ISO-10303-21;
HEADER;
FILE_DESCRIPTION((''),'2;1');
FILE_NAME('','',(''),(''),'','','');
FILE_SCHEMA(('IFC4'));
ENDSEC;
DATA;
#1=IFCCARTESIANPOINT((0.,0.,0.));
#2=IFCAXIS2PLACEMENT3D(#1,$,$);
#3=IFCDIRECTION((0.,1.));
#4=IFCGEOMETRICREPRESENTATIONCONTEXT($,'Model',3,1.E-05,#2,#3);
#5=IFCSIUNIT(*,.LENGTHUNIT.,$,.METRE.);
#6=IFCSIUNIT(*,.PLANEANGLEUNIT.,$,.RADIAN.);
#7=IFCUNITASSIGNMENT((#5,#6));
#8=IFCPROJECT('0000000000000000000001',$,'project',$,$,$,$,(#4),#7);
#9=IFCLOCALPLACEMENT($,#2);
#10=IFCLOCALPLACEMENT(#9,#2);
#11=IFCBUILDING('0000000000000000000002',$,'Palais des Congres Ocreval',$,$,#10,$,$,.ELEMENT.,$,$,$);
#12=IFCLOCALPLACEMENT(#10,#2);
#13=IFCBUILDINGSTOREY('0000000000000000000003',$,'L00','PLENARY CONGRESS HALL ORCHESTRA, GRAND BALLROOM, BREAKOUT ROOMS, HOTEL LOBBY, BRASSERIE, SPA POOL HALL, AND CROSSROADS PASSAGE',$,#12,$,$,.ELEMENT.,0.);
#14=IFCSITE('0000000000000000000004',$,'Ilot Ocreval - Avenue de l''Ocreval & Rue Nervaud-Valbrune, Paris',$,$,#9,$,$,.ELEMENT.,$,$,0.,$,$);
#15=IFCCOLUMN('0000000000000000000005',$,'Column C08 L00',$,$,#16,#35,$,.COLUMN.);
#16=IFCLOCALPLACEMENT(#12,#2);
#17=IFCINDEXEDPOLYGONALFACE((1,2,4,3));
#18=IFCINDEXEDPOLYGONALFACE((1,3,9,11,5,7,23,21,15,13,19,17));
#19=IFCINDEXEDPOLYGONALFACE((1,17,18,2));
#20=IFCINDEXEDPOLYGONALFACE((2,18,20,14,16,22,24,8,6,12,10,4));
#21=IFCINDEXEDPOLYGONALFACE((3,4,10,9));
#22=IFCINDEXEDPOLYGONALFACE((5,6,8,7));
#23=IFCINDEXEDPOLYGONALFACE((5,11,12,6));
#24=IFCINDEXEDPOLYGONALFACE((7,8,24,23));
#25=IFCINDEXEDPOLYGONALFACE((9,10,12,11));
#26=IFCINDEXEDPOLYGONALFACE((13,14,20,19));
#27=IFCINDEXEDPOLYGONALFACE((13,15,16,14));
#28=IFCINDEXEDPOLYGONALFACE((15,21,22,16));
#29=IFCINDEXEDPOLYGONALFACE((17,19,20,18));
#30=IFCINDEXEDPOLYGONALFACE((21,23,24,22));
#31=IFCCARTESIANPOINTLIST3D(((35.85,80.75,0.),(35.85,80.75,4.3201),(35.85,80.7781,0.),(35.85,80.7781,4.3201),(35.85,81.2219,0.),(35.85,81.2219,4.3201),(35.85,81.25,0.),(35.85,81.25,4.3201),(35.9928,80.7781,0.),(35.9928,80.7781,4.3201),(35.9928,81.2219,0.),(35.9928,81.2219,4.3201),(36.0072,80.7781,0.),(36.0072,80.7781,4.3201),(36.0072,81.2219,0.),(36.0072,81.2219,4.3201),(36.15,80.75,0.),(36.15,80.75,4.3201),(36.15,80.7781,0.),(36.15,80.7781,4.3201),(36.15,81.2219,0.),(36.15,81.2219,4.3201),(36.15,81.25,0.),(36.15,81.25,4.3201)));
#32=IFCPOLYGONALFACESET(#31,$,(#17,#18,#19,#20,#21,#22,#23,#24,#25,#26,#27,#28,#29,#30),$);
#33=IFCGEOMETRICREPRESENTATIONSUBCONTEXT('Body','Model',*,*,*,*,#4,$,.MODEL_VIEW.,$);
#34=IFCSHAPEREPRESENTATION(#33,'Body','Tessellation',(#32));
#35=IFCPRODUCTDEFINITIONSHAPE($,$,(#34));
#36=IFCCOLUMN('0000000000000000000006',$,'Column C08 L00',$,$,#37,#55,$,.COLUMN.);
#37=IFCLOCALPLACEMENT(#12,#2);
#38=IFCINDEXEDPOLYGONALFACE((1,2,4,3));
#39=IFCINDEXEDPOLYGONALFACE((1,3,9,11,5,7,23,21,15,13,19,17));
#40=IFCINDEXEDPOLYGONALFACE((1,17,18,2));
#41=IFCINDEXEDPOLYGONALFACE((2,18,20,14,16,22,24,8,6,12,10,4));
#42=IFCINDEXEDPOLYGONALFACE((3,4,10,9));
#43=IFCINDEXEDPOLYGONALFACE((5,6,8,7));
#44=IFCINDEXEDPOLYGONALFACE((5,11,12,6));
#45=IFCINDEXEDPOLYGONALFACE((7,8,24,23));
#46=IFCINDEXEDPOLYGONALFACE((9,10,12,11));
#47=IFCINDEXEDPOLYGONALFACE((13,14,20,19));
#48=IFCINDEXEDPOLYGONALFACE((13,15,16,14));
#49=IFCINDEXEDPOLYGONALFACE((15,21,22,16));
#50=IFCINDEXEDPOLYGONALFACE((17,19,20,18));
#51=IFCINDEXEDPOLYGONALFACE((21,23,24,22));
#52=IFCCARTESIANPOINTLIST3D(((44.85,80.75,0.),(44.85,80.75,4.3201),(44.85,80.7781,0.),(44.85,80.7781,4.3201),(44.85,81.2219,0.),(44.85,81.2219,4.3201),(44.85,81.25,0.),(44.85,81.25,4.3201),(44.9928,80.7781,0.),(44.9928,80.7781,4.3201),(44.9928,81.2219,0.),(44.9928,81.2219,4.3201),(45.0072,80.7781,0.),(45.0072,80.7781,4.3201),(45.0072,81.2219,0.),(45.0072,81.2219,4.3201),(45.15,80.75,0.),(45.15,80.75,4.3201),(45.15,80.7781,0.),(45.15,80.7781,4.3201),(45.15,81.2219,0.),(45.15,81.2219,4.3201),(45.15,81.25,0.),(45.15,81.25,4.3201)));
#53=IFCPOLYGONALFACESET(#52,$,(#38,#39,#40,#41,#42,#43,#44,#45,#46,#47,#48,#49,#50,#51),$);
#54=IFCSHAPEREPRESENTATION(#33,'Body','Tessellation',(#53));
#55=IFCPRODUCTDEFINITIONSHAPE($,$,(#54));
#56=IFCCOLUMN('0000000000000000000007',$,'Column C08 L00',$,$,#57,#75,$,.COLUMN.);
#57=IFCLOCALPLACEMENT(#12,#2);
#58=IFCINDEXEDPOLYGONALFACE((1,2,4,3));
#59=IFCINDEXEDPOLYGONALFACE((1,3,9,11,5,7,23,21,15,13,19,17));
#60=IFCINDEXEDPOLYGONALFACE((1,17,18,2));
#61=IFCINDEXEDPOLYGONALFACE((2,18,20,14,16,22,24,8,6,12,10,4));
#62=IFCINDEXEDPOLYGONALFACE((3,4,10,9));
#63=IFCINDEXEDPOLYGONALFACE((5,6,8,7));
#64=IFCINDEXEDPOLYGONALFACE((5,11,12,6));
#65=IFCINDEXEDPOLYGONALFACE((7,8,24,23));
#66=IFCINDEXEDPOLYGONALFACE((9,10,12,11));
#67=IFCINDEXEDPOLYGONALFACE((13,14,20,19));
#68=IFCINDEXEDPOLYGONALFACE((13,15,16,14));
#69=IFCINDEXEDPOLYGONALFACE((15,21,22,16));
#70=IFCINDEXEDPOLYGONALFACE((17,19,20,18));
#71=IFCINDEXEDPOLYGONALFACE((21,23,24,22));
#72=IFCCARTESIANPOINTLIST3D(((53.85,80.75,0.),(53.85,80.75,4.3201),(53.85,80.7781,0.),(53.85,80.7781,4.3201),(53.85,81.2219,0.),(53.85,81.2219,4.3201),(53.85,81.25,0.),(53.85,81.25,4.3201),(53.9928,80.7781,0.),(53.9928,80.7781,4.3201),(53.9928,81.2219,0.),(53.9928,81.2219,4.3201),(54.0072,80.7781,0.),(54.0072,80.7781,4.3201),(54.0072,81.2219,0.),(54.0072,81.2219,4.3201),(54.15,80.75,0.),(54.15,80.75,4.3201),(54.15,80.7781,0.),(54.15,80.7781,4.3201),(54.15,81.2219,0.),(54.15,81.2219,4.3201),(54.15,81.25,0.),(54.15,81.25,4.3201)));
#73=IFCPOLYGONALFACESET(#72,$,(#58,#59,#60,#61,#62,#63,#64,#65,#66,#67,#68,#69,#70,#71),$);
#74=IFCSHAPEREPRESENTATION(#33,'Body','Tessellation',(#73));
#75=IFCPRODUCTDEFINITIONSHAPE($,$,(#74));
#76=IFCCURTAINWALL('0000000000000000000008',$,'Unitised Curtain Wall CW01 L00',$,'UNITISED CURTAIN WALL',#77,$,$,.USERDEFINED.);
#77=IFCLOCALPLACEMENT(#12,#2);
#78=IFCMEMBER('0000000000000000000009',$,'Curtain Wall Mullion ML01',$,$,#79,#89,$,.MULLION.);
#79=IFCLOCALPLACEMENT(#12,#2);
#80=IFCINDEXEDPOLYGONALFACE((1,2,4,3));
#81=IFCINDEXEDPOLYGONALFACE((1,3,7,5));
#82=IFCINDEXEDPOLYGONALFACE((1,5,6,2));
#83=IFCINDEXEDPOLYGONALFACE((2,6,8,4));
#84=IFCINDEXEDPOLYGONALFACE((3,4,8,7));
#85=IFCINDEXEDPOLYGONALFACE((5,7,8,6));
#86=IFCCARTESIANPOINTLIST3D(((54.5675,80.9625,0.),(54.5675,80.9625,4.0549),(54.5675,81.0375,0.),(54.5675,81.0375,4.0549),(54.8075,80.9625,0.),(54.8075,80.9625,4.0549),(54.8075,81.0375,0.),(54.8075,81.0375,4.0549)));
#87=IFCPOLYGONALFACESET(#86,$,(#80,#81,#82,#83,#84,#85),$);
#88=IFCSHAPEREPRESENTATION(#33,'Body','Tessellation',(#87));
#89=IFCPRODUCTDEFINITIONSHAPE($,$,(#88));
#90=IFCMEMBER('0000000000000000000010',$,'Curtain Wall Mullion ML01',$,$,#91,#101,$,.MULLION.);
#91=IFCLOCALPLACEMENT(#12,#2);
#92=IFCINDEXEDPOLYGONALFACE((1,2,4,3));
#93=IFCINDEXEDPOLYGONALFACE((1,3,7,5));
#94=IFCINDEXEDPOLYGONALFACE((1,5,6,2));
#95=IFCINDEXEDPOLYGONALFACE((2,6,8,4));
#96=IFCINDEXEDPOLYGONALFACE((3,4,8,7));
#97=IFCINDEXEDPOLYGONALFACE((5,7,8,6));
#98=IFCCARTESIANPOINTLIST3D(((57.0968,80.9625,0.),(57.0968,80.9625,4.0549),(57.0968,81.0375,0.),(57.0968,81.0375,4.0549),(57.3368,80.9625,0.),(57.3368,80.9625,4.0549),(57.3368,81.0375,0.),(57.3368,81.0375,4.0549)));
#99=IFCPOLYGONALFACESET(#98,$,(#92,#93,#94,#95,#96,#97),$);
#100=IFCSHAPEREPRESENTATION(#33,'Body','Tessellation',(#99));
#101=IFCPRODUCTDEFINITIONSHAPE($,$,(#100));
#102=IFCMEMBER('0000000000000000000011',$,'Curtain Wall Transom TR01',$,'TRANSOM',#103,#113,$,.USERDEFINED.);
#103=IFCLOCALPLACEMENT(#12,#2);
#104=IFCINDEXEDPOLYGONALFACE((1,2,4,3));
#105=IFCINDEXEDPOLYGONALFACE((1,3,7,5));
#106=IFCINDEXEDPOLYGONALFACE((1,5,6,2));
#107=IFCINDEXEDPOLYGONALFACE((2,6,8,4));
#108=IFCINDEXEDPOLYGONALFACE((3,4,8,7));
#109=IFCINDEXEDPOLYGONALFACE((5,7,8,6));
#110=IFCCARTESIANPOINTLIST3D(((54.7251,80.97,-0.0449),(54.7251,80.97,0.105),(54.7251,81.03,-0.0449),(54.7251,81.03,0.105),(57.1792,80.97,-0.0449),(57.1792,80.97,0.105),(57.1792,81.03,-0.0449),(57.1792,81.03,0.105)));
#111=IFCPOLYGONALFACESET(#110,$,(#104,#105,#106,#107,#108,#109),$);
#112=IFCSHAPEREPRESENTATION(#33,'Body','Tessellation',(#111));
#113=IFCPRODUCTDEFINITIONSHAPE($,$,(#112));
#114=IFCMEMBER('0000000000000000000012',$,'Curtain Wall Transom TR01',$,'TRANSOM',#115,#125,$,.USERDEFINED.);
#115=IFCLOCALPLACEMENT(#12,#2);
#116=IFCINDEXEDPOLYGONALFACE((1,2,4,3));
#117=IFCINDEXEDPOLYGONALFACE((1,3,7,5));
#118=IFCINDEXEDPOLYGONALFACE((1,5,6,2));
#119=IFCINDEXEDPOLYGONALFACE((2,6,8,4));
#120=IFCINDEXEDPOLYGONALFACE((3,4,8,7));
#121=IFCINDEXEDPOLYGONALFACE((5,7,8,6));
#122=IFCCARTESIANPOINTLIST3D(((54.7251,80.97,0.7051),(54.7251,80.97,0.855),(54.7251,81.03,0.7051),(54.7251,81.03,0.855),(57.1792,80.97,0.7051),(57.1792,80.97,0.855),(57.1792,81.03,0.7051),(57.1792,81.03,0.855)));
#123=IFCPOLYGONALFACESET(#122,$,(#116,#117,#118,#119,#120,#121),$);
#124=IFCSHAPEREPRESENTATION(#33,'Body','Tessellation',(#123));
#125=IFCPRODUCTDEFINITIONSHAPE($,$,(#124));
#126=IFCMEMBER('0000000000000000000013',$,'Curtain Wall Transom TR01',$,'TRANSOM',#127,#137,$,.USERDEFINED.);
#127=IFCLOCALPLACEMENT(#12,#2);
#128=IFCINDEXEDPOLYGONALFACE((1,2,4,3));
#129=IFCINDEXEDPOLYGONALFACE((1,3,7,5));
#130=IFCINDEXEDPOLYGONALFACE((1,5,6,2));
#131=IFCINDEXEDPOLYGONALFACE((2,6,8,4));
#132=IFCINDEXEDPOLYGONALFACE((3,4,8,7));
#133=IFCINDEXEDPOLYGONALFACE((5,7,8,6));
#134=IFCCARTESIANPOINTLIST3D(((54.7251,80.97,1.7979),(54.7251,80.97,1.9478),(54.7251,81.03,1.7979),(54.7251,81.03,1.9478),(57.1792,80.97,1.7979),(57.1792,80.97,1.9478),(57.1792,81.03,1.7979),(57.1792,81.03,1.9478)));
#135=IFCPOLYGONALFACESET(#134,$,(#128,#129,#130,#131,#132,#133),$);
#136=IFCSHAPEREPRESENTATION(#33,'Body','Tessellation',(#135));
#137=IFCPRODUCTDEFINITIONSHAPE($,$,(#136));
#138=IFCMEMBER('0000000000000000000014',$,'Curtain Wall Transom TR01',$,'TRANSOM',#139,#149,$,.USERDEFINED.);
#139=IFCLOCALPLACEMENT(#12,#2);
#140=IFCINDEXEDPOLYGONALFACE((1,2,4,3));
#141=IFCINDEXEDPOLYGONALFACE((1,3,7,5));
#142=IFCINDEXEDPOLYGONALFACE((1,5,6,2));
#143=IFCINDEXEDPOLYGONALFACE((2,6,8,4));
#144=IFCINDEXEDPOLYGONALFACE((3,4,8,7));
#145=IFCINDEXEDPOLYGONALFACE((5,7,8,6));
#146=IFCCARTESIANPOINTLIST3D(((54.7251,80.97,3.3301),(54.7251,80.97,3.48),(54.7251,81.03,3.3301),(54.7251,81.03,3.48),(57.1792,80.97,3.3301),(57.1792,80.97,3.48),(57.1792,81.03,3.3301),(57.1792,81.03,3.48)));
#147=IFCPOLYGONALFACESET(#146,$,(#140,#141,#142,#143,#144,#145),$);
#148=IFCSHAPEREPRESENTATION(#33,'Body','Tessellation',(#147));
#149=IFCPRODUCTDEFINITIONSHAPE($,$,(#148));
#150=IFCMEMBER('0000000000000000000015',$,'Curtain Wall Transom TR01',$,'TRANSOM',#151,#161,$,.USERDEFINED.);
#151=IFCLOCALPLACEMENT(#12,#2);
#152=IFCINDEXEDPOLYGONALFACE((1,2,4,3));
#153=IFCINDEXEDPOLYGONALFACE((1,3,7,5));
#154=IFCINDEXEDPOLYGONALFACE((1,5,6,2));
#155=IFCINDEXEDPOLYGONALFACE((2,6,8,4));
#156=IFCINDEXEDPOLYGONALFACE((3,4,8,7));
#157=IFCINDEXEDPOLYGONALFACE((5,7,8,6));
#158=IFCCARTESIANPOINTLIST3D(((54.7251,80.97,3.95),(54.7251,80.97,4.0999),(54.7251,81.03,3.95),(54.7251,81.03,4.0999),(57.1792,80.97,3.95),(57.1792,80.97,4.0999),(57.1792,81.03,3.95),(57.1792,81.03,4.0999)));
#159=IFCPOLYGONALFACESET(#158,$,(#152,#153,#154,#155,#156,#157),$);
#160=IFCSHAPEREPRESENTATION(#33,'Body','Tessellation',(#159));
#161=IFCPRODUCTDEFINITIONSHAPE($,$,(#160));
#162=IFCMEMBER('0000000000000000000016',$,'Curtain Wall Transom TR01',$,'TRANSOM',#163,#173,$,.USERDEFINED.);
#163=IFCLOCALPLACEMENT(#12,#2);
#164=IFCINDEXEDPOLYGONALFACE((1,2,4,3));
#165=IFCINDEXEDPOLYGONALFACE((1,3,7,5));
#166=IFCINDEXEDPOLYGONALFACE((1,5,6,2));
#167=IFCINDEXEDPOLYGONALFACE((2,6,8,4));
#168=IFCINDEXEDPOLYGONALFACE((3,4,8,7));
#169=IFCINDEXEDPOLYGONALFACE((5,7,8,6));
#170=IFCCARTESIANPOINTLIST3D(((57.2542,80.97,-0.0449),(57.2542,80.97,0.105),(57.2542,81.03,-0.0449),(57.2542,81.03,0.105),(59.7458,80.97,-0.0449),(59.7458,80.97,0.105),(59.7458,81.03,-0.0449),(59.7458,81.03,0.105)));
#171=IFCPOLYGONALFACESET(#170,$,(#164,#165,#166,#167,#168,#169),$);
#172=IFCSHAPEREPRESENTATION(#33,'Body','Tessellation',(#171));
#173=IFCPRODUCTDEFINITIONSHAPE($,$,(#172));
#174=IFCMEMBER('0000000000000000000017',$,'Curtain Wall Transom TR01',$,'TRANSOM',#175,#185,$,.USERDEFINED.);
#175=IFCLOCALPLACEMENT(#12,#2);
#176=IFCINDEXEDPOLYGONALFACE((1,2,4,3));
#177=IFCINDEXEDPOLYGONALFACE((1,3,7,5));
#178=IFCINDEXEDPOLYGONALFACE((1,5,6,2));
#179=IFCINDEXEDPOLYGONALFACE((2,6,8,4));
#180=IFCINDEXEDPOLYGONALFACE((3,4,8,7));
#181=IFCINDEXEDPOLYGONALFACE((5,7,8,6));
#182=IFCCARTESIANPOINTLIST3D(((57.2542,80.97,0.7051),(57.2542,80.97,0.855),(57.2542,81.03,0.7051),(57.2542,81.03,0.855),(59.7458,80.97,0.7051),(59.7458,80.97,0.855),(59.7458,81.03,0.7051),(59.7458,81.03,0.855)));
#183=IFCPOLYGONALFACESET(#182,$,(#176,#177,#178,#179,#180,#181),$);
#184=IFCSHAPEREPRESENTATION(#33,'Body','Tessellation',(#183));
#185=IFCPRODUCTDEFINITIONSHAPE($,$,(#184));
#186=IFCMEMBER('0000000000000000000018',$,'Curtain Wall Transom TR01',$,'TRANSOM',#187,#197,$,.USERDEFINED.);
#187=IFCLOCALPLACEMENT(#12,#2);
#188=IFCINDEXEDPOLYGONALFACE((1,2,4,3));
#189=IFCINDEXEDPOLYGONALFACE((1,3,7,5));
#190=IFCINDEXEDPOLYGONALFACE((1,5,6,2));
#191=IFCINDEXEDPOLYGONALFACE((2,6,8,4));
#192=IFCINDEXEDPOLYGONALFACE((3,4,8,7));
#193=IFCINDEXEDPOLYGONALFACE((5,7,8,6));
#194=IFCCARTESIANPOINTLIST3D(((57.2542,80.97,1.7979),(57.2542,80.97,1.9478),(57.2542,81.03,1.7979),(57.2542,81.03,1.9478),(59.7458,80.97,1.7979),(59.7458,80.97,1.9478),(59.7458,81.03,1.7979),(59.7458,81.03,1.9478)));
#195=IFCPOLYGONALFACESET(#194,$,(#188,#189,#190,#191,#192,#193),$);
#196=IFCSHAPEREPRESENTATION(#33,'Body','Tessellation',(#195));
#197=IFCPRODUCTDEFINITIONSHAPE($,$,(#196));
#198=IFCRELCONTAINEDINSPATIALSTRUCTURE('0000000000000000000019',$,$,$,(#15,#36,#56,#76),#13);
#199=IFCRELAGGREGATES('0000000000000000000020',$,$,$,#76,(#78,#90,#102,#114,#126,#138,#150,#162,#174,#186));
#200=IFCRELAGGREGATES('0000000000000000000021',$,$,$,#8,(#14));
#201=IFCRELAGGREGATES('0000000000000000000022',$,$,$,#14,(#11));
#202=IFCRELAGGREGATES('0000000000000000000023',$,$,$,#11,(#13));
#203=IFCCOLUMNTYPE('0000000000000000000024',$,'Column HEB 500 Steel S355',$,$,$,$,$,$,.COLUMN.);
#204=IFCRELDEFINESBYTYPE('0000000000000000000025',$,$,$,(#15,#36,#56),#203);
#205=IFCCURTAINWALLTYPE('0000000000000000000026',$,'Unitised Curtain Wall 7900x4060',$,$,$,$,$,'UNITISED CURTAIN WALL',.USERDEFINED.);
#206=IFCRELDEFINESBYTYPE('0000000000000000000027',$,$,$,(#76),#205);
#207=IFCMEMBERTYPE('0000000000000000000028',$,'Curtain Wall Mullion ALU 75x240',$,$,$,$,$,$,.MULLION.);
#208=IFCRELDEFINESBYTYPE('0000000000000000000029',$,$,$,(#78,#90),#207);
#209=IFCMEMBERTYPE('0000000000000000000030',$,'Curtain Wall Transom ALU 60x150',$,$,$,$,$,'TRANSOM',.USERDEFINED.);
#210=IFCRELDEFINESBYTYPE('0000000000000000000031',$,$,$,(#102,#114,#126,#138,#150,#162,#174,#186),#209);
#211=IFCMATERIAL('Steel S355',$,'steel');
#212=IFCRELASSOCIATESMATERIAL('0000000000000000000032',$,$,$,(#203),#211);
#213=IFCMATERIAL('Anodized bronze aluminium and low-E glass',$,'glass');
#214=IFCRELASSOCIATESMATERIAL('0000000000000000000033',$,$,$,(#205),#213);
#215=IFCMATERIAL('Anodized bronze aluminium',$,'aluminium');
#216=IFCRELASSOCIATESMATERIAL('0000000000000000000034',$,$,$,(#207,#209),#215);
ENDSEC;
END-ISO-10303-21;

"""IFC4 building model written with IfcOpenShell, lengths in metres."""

from ifc_helpers import new_model, si_unit, direction, frame, origin, origin_2d, place, context, subcontext, project, spatial, rectangle, i_section, extrude, material, material_profile, profile_set, type_object, element, aggregate, save


model = new_model("IFC4")

# Units and contexts
model_context = context("Model", 3, precision=1e-05, world=origin(), true_north=direction((0.0, 1.0)))
body_context = subcontext(model_context, "Body", "Model", "MODEL_VIEW")
ifc_project = project(units=[si_unit("LENGTHUNIT", "METRE"), si_unit("PLANEANGLEUNIT", "RADIAN")], contexts=[model_context])

# Site, building, storey
site_placement = place(None, origin())
site = spatial("IfcSite", under=ifc_project, at=site_placement, Name="Ilot Ocreval - Avenue de l'Ocreval & Rue Nervaud-Valbrune, Paris", CompositionType="ELEMENT", RefElevation=0.0)
building_placement = place(site_placement, origin())
building = spatial("IfcBuilding", under=site, at=building_placement, Name="Palais des Congres Ocreval", CompositionType="ELEMENT")
storey_placement = place(building_placement, origin())
storey = spatial("IfcBuildingStorey", under=building, at=storey_placement, Name="L00", Description="PLENARY CONGRESS HALL ORCHESTRA, GRAND BALLROOM, BREAKOUT ROOMS, HOTEL LOBBY, BRASSERIE, SPA POOL HALL, AND CROSSROADS PASSAGE", CompositionType="ELEMENT", Elevation=0.0)

# Columns
ifc_material_1 = material(Name="Steel S355", Category="steel")
ifc_material_profile_1 = material_profile(ifc_material_1, i_section(OverallWidth=0.3, OverallDepth=0.5, WebThickness=0.0144, FlangeThickness=0.0281, at=origin_2d()), Name="HEB 500")
ifc_profile_set_1 = profile_set([ifc_material_profile_1], Name="Steel S355")
column_type = type_object("IfcColumnType", Name="Column HEB 500 Steel S355", PredefinedType="COLUMN", material=ifc_profile_set_1)
for number, where, z_axis, x_axis, name in (
    (1, (36.0, 81.0, 0.0), (0.0, 0.0, 1.0), (1.0, 0.0, 0.0), "Column C08 L00"),
    (2, (45.0, 81.0, 0.0), (0.0, 0.0, 1.0), (1.0, 0.0, 0.0), "Column C08 L00"),
    (3, (54.0, 81.0, 0.0), (0.0, 0.0, 1.0), (1.0, 0.0, 0.0), "Column C08 L00"),
):
    element("IfcColumn", number, at=place(storey_placement, frame(where, z_axis=z_axis, x_axis=x_axis)), inside=storey, type_object=column_type, Name=name, PredefinedType="COLUMN", context=body_context, shape_type="SweptSolid", body=[
        extrude(i_section(OverallWidth=0.3, OverallDepth=0.5, WebThickness=0.0144, FlangeThickness=0.0281, at=origin_2d()), origin(), (0.0, 0.0, 1.0), 4.3201),
    ])

# Curtain wall, members
ifc_material_2 = material(Name="Anodized bronze aluminium and low-E glass", Category="glass")
curtain_wall_type = type_object("IfcCurtainWallType", Name="Unitised Curtain Wall 7900x4060", ElementType="UNITISED CURTAIN WALL", PredefinedType="USERDEFINED", material=ifc_material_2)
curtain_wall_placement = place(storey_placement, origin())
curtain_wall = element("IfcCurtainWall", 4, at=curtain_wall_placement, inside=storey, type_object=curtain_wall_type, Name="Unitised Curtain Wall CW01 L00", ObjectType="UNITISED CURTAIN WALL", PredefinedType="USERDEFINED")
ifc_material_3 = material(Name="Anodized bronze aluminium", Category="aluminium")
ifc_material_profile_2 = material_profile(ifc_material_3, rectangle(XDim=0.075, YDim=0.24, at=origin_2d()), Name="ALU 75x240")
ifc_profile_set_2 = profile_set([ifc_material_profile_2], Name="Anodized bronze aluminium")
member_type_1 = type_object("IfcMemberType", Name="Curtain Wall Mullion ALU 75x240", PredefinedType="MULLION", material=ifc_profile_set_2)
member_1_placement = place(storey_placement, frame((54.6875, 81.0, 0.0), z_axis=(0.0, 0.0, 1.0), x_axis=(0.0, 1.0, 0.0)))
member_1 = element("IfcMember", 5, at=member_1_placement, type_object=member_type_1, Name="Curtain Wall Mullion ML01", PredefinedType="MULLION", context=body_context, shape_type="SweptSolid", body=[
    extrude(rectangle(XDim=0.075, YDim=0.24, at=origin_2d()), origin(), (0.0, 0.0, 1.0), 4.0549),
])
member_2_placement = place(storey_placement, frame((57.2168, 81.0, 0.0), z_axis=(0.0, 0.0, 1.0), x_axis=(0.0, 1.0, 0.0)))
member_2 = element("IfcMember", 6, at=member_2_placement, type_object=member_type_1, Name="Curtain Wall Mullion ML01", PredefinedType="MULLION", context=body_context, shape_type="SweptSolid", body=[
    extrude(rectangle(XDim=0.075, YDim=0.24, at=origin_2d()), origin(), (0.0, 0.0, 1.0), 4.0549),
])
ifc_material_profile_3 = material_profile(ifc_material_3, rectangle(XDim=0.0601, YDim=0.1499, at=origin_2d()), Name="ALU 60x150")
ifc_profile_set_3 = profile_set([ifc_material_profile_3], Name="Anodized bronze aluminium")
member_type_2 = type_object("IfcMemberType", Name="Curtain Wall Transom ALU 60x150", ElementType="TRANSOM", PredefinedType="USERDEFINED", material=ifc_profile_set_3)
member_3_placement = place(storey_placement, frame((54.7251, 81.0, 0.03), z_axis=(1.0, 0.0, 0.0), x_axis=(0.0, 1.0, 0.0)))
member_3 = element("IfcMember", 7, at=member_3_placement, type_object=member_type_2, Name="Curtain Wall Transom TR01", ObjectType="TRANSOM", PredefinedType="USERDEFINED", context=body_context, shape_type="SweptSolid", body=[
    extrude(rectangle(XDim=0.0601, YDim=0.1499, at=origin_2d()), origin(), (0.0, 0.0, 1.0), 2.4541),
])
member_4_placement = place(storey_placement, frame((54.7251, 81.0, 0.78), z_axis=(1.0, 0.0, 0.0), x_axis=(0.0, 1.0, 0.0)))
member_4 = element("IfcMember", 8, at=member_4_placement, type_object=member_type_2, Name="Curtain Wall Transom TR01", ObjectType="TRANSOM", PredefinedType="USERDEFINED", context=body_context, shape_type="SweptSolid", body=[
    extrude(rectangle(XDim=0.0601, YDim=0.1499, at=origin_2d()), origin(), (0.0, 0.0, 1.0), 2.4541),
])
member_5_placement = place(storey_placement, frame((54.7251, 81.0, 1.8728), z_axis=(1.0, 0.0, 0.0), x_axis=(0.0, 1.0, 0.0)))
member_5 = element("IfcMember", 9, at=member_5_placement, type_object=member_type_2, Name="Curtain Wall Transom TR01", ObjectType="TRANSOM", PredefinedType="USERDEFINED", context=body_context, shape_type="SweptSolid", body=[
    extrude(rectangle(XDim=0.0601, YDim=0.1499, at=origin_2d()), origin(), (0.0, 0.0, 1.0), 2.4541),
])
member_6_placement = place(storey_placement, frame((54.7251, 81.0, 3.405), z_axis=(1.0, 0.0, 0.0), x_axis=(0.0, 1.0, 0.0)))
member_6 = element("IfcMember", 10, at=member_6_placement, type_object=member_type_2, Name="Curtain Wall Transom TR01", ObjectType="TRANSOM", PredefinedType="USERDEFINED", context=body_context, shape_type="SweptSolid", body=[
    extrude(rectangle(XDim=0.0601, YDim=0.1499, at=origin_2d()), origin(), (0.0, 0.0, 1.0), 2.4541),
])
member_7_placement = place(storey_placement, frame((54.7251, 81.0, 4.0249), z_axis=(1.0, 0.0, 0.0), x_axis=(0.0, 1.0, 0.0)))
member_7 = element("IfcMember", 11, at=member_7_placement, type_object=member_type_2, Name="Curtain Wall Transom TR01", ObjectType="TRANSOM", PredefinedType="USERDEFINED", context=body_context, shape_type="SweptSolid", body=[
    extrude(rectangle(XDim=0.0601, YDim=0.1499, at=origin_2d()), origin(), (0.0, 0.0, 1.0), 2.4541),
])
member_8_placement = place(storey_placement, frame((57.2542, 81.0, 0.03), z_axis=(1.0, 0.0, 0.0), x_axis=(0.0, 1.0, 0.0)))
member_8 = element("IfcMember", 12, at=member_8_placement, type_object=member_type_2, Name="Curtain Wall Transom TR01", ObjectType="TRANSOM", PredefinedType="USERDEFINED", context=body_context, shape_type="SweptSolid", body=[
    extrude(rectangle(XDim=0.0601, YDim=0.1499, at=origin_2d()), origin(), (0.0, 0.0, 1.0), 2.4917),
])
member_9_placement = place(storey_placement, frame((57.2542, 81.0, 0.78), z_axis=(1.0, 0.0, 0.0), x_axis=(0.0, 1.0, 0.0)))
member_9 = element("IfcMember", 13, at=member_9_placement, type_object=member_type_2, Name="Curtain Wall Transom TR01", ObjectType="TRANSOM", PredefinedType="USERDEFINED", context=body_context, shape_type="SweptSolid", body=[
    extrude(rectangle(XDim=0.0601, YDim=0.1499, at=origin_2d()), origin(), (0.0, 0.0, 1.0), 2.4917),
])
member_10_placement = place(storey_placement, frame((57.2542, 81.0, 1.8728), z_axis=(1.0, 0.0, 0.0), x_axis=(0.0, 1.0, 0.0)))
member_10 = element("IfcMember", 14, at=member_10_placement, type_object=member_type_2, Name="Curtain Wall Transom TR01", ObjectType="TRANSOM", PredefinedType="USERDEFINED", context=body_context, shape_type="SweptSolid", body=[
    extrude(rectangle(XDim=0.0601, YDim=0.1499, at=origin_2d()), origin(), (0.0, 0.0, 1.0), 2.4917),
])

aggregate(curtain_wall, [member_1, member_2, member_3, member_4, member_5, member_6, member_7, member_8, member_9, member_10])

save(model, "model.ifc")
